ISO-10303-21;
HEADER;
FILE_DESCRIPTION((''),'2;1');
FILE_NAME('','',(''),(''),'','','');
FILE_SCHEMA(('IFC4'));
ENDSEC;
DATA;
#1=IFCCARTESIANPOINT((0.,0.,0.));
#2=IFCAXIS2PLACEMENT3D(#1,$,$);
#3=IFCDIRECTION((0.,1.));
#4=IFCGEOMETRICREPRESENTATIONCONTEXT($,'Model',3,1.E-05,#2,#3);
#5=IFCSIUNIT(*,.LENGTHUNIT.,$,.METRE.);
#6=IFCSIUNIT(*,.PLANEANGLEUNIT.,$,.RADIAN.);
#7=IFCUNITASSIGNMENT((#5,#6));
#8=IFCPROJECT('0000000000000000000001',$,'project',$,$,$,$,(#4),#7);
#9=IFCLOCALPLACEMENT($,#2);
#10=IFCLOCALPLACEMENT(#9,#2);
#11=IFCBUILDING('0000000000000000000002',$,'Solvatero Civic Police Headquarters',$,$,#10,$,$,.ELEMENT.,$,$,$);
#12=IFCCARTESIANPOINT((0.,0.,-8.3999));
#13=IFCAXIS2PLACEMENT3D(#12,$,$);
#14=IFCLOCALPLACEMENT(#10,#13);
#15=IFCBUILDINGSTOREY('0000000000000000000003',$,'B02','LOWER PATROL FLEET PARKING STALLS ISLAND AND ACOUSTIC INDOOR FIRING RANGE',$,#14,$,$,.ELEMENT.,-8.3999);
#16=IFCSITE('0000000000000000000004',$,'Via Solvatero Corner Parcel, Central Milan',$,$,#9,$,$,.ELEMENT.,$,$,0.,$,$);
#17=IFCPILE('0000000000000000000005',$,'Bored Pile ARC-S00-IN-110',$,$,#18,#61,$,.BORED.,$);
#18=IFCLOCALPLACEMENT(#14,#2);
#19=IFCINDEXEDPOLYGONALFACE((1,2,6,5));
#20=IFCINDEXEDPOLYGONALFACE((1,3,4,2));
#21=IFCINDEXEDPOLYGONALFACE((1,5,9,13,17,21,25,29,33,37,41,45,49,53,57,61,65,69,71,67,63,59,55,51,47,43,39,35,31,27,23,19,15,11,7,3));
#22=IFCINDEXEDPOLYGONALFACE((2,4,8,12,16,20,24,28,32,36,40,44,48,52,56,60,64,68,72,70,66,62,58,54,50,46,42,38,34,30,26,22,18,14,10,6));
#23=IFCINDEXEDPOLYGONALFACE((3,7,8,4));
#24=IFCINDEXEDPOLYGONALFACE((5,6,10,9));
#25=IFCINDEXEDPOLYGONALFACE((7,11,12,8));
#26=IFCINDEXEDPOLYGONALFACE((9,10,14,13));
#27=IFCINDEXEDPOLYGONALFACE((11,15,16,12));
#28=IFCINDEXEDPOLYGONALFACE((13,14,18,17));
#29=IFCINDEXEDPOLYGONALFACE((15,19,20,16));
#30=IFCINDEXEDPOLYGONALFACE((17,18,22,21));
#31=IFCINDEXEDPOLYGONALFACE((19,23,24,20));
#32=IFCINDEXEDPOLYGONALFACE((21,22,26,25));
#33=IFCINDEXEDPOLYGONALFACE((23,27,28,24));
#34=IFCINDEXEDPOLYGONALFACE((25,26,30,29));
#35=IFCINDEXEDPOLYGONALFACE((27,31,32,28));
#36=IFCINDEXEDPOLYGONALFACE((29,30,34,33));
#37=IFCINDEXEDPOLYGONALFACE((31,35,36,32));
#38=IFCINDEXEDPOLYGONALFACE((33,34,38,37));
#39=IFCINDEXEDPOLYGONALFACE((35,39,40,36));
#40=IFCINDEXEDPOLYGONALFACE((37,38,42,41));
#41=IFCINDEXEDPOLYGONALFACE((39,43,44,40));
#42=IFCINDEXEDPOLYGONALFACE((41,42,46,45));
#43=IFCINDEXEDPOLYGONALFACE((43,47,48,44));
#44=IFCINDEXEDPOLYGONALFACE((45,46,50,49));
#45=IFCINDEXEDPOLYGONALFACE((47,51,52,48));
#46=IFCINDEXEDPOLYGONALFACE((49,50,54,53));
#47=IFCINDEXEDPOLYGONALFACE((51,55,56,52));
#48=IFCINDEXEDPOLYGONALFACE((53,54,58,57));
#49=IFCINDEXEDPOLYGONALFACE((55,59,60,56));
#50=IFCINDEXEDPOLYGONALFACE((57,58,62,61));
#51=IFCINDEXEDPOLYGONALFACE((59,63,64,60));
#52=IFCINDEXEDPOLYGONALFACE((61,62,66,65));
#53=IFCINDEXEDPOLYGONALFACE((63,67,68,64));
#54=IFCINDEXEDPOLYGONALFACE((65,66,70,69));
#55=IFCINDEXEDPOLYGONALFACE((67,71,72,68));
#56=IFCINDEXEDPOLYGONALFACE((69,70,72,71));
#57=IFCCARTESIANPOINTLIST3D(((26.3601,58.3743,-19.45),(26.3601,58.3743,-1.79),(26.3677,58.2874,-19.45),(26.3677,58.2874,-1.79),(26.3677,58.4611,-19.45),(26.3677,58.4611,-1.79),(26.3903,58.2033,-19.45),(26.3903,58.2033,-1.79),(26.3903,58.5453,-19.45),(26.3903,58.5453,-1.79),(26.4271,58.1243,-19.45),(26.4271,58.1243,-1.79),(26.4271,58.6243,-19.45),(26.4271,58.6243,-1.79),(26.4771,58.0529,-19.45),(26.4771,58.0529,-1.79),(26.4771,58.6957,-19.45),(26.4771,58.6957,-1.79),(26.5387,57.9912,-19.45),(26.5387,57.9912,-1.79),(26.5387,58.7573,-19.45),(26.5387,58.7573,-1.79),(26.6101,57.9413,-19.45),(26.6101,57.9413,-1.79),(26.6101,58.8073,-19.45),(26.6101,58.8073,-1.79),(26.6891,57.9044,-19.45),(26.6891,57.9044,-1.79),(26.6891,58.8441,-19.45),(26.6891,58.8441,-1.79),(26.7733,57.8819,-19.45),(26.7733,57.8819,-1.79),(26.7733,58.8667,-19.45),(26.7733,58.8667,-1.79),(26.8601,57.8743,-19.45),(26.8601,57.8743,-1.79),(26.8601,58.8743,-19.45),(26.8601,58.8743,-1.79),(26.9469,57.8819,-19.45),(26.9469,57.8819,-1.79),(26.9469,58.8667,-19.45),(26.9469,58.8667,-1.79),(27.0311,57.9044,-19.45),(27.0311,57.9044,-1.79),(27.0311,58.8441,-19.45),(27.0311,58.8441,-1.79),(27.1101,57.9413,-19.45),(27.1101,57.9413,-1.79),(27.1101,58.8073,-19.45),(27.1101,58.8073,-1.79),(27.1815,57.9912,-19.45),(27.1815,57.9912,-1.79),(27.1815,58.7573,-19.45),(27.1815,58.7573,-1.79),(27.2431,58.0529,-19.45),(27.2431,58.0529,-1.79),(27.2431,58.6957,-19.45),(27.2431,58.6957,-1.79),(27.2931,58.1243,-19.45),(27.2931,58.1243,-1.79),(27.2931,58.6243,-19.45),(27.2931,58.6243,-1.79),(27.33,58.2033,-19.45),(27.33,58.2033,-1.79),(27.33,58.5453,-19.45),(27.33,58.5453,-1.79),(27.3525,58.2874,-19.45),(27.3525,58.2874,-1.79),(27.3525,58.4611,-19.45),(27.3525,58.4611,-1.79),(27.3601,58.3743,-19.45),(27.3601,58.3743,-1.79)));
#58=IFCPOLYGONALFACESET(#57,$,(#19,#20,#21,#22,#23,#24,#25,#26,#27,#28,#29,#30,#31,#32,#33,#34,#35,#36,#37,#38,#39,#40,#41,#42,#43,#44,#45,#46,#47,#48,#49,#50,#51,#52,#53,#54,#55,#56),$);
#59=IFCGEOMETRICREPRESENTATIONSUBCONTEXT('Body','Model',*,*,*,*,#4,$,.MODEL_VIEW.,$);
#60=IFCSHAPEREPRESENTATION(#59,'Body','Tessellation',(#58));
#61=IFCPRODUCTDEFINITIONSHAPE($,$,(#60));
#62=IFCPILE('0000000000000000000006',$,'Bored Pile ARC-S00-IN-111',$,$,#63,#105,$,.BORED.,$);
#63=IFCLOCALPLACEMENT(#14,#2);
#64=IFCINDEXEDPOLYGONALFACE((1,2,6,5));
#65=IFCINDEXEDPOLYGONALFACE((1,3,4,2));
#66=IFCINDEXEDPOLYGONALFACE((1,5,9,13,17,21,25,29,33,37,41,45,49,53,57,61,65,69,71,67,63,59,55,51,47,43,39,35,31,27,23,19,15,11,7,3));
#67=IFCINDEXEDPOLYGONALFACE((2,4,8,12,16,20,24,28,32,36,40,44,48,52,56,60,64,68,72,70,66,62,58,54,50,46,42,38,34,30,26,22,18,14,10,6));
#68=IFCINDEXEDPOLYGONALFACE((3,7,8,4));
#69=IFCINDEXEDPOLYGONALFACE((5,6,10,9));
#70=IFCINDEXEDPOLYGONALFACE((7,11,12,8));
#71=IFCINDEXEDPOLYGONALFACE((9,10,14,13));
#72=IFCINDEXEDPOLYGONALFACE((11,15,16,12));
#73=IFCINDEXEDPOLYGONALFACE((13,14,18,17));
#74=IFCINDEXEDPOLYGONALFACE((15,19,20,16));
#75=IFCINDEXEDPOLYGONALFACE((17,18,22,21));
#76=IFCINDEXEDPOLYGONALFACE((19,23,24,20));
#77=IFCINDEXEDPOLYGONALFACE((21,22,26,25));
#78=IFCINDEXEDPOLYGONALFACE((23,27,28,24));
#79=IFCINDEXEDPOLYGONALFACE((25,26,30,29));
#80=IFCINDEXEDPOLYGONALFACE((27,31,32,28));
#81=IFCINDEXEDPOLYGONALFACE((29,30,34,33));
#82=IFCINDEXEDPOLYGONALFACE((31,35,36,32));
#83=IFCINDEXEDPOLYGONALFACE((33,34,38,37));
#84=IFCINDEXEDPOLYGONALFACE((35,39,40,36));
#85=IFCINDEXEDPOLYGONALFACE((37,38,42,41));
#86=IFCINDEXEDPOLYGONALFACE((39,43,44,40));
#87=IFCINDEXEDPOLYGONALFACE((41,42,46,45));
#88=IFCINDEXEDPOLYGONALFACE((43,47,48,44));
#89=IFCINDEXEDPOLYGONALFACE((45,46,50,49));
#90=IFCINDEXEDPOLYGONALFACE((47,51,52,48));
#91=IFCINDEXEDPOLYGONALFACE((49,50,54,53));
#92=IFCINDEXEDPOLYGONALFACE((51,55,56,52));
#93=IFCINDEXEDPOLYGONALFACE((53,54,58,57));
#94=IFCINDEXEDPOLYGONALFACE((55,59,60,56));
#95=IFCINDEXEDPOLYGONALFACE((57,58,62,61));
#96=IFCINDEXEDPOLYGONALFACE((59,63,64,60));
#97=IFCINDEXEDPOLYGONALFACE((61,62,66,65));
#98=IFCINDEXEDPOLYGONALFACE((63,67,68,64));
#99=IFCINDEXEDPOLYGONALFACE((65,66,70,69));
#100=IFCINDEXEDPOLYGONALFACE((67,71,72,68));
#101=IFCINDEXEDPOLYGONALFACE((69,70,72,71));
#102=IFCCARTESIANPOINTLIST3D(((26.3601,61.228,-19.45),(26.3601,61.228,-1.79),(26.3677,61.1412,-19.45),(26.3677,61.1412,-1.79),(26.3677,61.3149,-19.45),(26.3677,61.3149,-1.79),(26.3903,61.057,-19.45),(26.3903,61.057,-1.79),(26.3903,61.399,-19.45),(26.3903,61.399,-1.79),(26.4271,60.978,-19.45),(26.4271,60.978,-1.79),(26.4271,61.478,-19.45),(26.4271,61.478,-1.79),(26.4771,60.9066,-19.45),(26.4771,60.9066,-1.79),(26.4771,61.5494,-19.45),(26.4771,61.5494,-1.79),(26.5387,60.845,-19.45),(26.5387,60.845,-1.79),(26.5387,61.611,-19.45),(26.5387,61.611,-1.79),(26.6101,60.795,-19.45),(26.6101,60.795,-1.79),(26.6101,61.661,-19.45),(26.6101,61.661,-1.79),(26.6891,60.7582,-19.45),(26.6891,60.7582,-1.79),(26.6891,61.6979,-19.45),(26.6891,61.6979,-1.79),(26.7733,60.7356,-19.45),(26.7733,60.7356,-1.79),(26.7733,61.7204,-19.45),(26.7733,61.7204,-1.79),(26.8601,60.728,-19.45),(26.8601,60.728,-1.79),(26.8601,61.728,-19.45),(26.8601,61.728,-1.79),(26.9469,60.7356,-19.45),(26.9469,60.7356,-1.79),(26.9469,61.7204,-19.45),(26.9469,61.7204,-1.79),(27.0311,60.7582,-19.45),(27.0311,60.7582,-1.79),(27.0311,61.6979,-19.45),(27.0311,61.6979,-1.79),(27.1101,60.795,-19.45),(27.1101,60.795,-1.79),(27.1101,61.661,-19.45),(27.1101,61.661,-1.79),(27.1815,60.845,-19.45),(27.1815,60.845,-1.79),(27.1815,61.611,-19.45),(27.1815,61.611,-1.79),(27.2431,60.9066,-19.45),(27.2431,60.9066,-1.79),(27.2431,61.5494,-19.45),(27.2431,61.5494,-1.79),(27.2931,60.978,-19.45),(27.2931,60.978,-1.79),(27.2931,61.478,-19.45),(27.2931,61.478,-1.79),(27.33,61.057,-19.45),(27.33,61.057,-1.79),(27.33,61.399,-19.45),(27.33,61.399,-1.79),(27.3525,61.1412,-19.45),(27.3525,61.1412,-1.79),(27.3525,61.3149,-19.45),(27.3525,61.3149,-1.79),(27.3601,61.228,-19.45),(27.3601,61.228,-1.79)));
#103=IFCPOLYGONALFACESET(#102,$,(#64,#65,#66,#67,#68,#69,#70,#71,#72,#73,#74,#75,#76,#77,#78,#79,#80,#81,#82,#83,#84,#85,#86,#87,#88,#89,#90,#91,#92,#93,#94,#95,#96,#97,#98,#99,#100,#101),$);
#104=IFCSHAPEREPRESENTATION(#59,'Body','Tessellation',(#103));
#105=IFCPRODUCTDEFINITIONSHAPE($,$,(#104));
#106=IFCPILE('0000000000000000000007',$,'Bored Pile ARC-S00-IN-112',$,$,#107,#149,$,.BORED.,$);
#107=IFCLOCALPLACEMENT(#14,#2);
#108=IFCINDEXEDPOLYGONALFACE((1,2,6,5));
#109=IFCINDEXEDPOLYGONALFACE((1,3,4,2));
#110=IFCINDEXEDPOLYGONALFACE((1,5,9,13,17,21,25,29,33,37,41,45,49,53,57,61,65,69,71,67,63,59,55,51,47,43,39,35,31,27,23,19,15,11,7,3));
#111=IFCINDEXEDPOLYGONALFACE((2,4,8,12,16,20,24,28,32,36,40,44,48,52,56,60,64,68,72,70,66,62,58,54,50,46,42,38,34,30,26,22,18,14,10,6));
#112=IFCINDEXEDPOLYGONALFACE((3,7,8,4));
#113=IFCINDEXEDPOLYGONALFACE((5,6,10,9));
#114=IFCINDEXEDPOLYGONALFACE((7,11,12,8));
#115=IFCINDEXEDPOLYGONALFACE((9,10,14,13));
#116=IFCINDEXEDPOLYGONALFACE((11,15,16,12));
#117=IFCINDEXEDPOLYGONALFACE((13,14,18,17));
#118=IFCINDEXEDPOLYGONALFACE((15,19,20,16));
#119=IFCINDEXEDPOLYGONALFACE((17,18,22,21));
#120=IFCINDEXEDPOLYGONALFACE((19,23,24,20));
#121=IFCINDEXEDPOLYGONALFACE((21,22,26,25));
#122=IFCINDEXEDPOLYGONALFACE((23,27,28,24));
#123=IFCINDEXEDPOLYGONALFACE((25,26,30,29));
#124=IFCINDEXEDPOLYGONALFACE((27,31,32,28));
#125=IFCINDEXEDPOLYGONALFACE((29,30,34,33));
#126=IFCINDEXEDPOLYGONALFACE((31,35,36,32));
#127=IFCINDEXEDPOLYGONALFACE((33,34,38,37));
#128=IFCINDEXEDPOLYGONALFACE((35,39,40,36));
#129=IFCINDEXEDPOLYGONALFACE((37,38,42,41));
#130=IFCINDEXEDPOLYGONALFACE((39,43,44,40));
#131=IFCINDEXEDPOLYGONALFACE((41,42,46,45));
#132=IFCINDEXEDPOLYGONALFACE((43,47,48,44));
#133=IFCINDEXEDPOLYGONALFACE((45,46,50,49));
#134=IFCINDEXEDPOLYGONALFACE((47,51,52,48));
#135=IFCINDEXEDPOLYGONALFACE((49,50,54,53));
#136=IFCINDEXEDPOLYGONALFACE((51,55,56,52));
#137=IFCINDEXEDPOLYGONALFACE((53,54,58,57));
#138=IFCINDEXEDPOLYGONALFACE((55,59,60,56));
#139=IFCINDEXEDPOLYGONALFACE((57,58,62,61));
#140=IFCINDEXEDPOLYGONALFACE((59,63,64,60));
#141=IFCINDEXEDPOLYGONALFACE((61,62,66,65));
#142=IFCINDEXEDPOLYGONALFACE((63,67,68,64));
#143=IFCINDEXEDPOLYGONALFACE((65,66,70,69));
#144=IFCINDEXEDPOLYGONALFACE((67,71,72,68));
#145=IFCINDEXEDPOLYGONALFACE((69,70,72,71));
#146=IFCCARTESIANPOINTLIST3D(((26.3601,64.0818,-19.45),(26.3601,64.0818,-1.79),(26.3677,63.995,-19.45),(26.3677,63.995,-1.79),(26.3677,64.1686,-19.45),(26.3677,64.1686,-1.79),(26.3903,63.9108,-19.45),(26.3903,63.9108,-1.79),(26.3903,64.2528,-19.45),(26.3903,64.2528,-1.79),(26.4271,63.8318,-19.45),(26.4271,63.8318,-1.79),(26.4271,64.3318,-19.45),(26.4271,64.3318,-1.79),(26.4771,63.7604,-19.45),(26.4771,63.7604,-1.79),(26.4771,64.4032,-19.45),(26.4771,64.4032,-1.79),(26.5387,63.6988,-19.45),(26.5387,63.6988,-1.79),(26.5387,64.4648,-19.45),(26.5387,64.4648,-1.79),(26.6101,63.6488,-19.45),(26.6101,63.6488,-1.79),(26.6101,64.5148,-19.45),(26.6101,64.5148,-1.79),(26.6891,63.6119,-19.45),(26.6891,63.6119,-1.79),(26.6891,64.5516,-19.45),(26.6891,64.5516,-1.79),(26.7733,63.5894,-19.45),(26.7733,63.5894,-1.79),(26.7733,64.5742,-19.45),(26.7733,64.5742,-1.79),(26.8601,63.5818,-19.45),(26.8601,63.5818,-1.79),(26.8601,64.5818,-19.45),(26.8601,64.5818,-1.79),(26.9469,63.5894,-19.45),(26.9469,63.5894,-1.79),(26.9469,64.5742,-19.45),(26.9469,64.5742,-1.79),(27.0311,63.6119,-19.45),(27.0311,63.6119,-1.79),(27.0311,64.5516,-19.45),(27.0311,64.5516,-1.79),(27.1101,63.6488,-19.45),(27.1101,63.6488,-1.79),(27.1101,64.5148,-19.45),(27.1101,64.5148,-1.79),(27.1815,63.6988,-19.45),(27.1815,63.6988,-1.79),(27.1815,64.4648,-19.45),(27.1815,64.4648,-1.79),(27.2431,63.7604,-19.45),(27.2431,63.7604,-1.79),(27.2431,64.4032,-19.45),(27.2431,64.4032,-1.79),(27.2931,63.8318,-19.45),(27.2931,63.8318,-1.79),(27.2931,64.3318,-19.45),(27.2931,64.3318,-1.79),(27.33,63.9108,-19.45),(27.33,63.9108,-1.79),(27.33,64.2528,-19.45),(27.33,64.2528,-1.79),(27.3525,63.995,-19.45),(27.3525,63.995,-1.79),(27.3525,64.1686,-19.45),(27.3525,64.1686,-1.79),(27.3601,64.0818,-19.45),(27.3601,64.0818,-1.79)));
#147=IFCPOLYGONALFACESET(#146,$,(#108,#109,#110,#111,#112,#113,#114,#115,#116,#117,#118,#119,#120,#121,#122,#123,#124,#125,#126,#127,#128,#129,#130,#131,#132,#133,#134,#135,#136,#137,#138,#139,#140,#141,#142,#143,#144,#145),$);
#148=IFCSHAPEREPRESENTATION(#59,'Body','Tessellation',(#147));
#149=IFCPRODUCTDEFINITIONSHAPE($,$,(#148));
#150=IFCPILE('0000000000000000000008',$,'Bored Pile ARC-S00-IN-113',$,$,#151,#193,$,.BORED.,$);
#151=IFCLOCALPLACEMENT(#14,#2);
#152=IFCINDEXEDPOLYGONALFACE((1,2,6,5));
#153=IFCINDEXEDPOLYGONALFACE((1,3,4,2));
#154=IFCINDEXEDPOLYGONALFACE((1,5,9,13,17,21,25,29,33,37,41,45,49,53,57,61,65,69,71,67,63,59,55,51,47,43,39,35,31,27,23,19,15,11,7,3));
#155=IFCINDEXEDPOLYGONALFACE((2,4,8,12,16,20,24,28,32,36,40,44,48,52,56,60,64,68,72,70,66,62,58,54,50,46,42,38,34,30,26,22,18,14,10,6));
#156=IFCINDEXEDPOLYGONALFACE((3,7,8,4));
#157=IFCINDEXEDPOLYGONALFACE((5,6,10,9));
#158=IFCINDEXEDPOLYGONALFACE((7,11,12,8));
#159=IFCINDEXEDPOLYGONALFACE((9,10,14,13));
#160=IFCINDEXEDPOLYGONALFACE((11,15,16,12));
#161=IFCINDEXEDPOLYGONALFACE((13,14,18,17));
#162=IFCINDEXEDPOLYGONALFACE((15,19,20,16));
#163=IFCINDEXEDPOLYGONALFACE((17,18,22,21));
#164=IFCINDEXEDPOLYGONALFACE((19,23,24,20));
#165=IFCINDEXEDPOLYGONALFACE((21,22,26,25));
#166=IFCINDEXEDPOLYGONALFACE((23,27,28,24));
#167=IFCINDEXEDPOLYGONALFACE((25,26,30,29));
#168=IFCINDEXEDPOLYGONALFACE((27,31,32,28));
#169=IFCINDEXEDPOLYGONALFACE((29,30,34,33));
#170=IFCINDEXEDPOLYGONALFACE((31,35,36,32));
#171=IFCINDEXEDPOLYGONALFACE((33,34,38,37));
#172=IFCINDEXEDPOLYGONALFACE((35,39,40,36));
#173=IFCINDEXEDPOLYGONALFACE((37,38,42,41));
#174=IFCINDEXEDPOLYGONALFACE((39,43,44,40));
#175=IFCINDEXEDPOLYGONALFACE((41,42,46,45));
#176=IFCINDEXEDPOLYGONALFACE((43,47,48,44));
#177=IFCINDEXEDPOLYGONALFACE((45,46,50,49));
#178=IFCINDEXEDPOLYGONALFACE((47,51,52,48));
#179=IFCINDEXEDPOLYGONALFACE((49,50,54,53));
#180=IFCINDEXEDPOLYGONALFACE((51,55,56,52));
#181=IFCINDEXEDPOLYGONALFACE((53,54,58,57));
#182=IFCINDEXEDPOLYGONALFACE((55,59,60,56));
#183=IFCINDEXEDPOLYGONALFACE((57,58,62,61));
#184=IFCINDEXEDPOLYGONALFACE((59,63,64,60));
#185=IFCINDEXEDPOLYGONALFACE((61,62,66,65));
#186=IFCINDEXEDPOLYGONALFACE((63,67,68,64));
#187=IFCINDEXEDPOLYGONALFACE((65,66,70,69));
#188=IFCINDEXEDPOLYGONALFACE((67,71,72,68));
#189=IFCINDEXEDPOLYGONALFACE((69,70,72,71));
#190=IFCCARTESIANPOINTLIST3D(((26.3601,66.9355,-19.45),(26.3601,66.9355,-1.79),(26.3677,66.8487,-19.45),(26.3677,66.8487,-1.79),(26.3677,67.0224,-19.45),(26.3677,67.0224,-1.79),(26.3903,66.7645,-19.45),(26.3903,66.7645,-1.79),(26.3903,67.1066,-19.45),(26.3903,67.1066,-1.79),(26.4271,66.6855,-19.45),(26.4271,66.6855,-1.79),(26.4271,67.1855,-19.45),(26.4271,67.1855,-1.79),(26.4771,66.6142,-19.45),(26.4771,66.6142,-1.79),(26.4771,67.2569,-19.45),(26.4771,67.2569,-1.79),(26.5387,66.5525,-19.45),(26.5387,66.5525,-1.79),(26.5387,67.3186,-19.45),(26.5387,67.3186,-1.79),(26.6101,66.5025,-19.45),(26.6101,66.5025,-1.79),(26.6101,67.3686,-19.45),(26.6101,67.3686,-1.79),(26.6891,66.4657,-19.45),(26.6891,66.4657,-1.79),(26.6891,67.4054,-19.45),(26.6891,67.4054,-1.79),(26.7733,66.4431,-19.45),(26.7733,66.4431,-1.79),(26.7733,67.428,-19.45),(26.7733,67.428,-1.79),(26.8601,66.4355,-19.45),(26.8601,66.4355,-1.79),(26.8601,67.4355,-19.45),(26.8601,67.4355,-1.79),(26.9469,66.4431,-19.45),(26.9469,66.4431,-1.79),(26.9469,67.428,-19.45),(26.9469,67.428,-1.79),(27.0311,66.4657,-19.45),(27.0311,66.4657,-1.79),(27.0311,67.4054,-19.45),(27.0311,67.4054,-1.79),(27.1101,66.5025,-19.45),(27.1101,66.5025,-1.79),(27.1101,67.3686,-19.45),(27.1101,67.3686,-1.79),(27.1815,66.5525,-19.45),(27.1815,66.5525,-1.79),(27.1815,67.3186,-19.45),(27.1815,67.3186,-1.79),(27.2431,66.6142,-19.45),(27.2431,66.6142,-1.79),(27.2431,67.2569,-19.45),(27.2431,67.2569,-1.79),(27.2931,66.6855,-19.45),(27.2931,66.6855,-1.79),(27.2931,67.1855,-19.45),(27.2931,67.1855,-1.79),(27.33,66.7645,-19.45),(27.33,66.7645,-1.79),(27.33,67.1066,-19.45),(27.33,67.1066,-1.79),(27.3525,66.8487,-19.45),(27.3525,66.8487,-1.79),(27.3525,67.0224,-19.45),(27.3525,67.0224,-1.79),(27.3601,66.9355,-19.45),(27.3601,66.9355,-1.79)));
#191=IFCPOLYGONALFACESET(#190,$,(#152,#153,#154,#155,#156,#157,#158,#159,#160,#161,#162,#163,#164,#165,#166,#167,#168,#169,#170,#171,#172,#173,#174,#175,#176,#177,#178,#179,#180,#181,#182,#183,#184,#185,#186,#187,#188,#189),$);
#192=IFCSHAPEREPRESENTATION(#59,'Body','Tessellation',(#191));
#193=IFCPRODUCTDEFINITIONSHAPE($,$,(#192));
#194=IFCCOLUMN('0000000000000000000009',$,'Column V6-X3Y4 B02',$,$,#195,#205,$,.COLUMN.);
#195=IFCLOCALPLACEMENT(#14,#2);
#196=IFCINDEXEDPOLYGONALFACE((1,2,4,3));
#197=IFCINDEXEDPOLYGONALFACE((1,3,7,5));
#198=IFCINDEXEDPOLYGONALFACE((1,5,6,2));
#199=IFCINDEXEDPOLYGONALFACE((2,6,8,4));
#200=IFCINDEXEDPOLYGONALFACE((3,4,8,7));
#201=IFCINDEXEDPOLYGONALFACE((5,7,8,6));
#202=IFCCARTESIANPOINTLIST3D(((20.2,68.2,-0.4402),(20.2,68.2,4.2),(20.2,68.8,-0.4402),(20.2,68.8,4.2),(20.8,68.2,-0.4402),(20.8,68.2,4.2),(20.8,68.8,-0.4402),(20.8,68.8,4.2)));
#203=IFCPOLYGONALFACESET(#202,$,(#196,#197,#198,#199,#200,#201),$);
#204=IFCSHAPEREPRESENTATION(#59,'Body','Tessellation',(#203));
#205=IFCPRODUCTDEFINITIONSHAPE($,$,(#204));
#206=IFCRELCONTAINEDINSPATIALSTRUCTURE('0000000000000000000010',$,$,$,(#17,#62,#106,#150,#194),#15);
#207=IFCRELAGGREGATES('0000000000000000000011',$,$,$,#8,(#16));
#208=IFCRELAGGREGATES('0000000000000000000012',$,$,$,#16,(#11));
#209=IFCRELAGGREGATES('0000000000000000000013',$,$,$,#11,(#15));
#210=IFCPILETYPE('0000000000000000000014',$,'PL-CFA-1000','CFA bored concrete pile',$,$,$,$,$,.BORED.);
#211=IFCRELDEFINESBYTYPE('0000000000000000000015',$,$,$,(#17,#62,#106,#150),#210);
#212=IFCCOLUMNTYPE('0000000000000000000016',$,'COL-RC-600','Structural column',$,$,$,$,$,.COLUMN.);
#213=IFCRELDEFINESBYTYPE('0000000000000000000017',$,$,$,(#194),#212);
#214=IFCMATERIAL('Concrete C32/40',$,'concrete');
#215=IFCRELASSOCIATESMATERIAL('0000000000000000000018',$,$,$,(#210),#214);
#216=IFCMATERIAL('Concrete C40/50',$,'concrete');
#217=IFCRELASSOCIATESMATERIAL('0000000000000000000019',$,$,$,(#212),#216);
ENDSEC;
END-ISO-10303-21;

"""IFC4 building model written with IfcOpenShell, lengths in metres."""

from ifc_helpers import new_model, si_unit, direction, frame, origin, origin_2d, place, context, subcontext, project, spatial, rectangle, circle, extrude, material, material_profile, profile_set, type_object, element, save


model = new_model("IFC4")

# Units and contexts
model_context = context("Model", 3, precision=1e-05, world=origin(), true_north=direction((0.0, 1.0)))
body_context = subcontext(model_context, "Body", "Model", "MODEL_VIEW")
ifc_project = project(units=[si_unit("LENGTHUNIT", "METRE"), si_unit("PLANEANGLEUNIT", "RADIAN")], contexts=[model_context])

# Site, building, storey
site_placement = place(None, origin())
site = spatial("IfcSite", under=ifc_project, at=site_placement, Name="Via Solvatero Corner Parcel, Central Milan", CompositionType="ELEMENT", RefElevation=0.0)
building_placement = place(site_placement, origin())
building = spatial("IfcBuilding", under=site, at=building_placement, Name="Solvatero Civic Police Headquarters", CompositionType="ELEMENT")
storey_placement = place(building_placement, frame((0.0, 0.0, -8.3999)))
storey = spatial("IfcBuildingStorey", under=building, at=storey_placement, Name="B02", Description="LOWER PATROL FLEET PARKING STALLS ISLAND AND ACOUSTIC INDOOR FIRING RANGE", CompositionType="ELEMENT", Elevation=-8.3999)

# Piles
ifc_material_1 = material(Name="Concrete C32/40", Category="concrete")
ifc_material_profile_1 = material_profile(ifc_material_1, circle(Radius=0.5, at=origin_2d()), Name="CFA PILE D1000")
ifc_profile_set_1 = profile_set([ifc_material_profile_1], Name="Concrete C32/40")
pile_type = type_object("IfcPileType", Name="PL-CFA-1000", Description="CFA bored concrete pile", PredefinedType="BORED", material=ifc_profile_set_1)
for number, where, z_axis, x_axis, name in (
    (1, (26.8601, 58.3743, -1.79), (0.0, 0.0, -1.0), (1.0, 0.0, 0.0), "Bored Pile ARC-S00-IN-110"),
    (2, (26.8601, 61.228, -1.79), (0.0, 0.0, -1.0), (1.0, 0.0, 0.0), "Bored Pile ARC-S00-IN-111"),
    (3, (26.8601, 64.0818, -1.79), (0.0, 0.0, -1.0), (1.0, 0.0, 0.0), "Bored Pile ARC-S00-IN-112"),
    (4, (26.8601, 66.9355, -1.79), (0.0, 0.0, -1.0), (1.0, 0.0, 0.0), "Bored Pile ARC-S00-IN-113"),
):
    element("IfcPile", number, at=place(storey_placement, frame(where, z_axis=z_axis, x_axis=x_axis)), inside=storey, type_object=pile_type, Name=name, PredefinedType="BORED", context=body_context, shape_type="SweptSolid", body=[
        extrude(circle(Radius=0.5, at=origin_2d()), origin(), (0.0, 0.0, 1.0), 17.6599),
    ])

# Column
ifc_material_2 = material(Name="Concrete C40/50", Category="concrete")
ifc_material_profile_2 = material_profile(ifc_material_2, rectangle(XDim=0.6001, YDim=0.6001, at=origin_2d()), Name="RC 600x600")
ifc_profile_set_2 = profile_set([ifc_material_profile_2], Name="Concrete C40/50")
column_type_1 = type_object("IfcColumnType", Name="COL-RC-600", Description="Structural column", PredefinedType="COLUMN", material=ifc_profile_set_2)
column_1_placement = place(storey_placement, frame((20.5, 68.5, -0.4402), z_axis=(0.0, 0.0, 1.0), x_axis=(1.0, 0.0, 0.0)))
element("IfcColumn", 5, at=column_1_placement, inside=storey, type_object=column_type_1, Name="Column V6-X3Y4 B02", PredefinedType="COLUMN", context=body_context, shape_type="SweptSolid", body=[
    extrude(rectangle(XDim=0.6001, YDim=0.6001, at=origin_2d()), origin(), (0.0, 0.0, 1.0), 4.6401),
])

save(model, "model.ifc")
